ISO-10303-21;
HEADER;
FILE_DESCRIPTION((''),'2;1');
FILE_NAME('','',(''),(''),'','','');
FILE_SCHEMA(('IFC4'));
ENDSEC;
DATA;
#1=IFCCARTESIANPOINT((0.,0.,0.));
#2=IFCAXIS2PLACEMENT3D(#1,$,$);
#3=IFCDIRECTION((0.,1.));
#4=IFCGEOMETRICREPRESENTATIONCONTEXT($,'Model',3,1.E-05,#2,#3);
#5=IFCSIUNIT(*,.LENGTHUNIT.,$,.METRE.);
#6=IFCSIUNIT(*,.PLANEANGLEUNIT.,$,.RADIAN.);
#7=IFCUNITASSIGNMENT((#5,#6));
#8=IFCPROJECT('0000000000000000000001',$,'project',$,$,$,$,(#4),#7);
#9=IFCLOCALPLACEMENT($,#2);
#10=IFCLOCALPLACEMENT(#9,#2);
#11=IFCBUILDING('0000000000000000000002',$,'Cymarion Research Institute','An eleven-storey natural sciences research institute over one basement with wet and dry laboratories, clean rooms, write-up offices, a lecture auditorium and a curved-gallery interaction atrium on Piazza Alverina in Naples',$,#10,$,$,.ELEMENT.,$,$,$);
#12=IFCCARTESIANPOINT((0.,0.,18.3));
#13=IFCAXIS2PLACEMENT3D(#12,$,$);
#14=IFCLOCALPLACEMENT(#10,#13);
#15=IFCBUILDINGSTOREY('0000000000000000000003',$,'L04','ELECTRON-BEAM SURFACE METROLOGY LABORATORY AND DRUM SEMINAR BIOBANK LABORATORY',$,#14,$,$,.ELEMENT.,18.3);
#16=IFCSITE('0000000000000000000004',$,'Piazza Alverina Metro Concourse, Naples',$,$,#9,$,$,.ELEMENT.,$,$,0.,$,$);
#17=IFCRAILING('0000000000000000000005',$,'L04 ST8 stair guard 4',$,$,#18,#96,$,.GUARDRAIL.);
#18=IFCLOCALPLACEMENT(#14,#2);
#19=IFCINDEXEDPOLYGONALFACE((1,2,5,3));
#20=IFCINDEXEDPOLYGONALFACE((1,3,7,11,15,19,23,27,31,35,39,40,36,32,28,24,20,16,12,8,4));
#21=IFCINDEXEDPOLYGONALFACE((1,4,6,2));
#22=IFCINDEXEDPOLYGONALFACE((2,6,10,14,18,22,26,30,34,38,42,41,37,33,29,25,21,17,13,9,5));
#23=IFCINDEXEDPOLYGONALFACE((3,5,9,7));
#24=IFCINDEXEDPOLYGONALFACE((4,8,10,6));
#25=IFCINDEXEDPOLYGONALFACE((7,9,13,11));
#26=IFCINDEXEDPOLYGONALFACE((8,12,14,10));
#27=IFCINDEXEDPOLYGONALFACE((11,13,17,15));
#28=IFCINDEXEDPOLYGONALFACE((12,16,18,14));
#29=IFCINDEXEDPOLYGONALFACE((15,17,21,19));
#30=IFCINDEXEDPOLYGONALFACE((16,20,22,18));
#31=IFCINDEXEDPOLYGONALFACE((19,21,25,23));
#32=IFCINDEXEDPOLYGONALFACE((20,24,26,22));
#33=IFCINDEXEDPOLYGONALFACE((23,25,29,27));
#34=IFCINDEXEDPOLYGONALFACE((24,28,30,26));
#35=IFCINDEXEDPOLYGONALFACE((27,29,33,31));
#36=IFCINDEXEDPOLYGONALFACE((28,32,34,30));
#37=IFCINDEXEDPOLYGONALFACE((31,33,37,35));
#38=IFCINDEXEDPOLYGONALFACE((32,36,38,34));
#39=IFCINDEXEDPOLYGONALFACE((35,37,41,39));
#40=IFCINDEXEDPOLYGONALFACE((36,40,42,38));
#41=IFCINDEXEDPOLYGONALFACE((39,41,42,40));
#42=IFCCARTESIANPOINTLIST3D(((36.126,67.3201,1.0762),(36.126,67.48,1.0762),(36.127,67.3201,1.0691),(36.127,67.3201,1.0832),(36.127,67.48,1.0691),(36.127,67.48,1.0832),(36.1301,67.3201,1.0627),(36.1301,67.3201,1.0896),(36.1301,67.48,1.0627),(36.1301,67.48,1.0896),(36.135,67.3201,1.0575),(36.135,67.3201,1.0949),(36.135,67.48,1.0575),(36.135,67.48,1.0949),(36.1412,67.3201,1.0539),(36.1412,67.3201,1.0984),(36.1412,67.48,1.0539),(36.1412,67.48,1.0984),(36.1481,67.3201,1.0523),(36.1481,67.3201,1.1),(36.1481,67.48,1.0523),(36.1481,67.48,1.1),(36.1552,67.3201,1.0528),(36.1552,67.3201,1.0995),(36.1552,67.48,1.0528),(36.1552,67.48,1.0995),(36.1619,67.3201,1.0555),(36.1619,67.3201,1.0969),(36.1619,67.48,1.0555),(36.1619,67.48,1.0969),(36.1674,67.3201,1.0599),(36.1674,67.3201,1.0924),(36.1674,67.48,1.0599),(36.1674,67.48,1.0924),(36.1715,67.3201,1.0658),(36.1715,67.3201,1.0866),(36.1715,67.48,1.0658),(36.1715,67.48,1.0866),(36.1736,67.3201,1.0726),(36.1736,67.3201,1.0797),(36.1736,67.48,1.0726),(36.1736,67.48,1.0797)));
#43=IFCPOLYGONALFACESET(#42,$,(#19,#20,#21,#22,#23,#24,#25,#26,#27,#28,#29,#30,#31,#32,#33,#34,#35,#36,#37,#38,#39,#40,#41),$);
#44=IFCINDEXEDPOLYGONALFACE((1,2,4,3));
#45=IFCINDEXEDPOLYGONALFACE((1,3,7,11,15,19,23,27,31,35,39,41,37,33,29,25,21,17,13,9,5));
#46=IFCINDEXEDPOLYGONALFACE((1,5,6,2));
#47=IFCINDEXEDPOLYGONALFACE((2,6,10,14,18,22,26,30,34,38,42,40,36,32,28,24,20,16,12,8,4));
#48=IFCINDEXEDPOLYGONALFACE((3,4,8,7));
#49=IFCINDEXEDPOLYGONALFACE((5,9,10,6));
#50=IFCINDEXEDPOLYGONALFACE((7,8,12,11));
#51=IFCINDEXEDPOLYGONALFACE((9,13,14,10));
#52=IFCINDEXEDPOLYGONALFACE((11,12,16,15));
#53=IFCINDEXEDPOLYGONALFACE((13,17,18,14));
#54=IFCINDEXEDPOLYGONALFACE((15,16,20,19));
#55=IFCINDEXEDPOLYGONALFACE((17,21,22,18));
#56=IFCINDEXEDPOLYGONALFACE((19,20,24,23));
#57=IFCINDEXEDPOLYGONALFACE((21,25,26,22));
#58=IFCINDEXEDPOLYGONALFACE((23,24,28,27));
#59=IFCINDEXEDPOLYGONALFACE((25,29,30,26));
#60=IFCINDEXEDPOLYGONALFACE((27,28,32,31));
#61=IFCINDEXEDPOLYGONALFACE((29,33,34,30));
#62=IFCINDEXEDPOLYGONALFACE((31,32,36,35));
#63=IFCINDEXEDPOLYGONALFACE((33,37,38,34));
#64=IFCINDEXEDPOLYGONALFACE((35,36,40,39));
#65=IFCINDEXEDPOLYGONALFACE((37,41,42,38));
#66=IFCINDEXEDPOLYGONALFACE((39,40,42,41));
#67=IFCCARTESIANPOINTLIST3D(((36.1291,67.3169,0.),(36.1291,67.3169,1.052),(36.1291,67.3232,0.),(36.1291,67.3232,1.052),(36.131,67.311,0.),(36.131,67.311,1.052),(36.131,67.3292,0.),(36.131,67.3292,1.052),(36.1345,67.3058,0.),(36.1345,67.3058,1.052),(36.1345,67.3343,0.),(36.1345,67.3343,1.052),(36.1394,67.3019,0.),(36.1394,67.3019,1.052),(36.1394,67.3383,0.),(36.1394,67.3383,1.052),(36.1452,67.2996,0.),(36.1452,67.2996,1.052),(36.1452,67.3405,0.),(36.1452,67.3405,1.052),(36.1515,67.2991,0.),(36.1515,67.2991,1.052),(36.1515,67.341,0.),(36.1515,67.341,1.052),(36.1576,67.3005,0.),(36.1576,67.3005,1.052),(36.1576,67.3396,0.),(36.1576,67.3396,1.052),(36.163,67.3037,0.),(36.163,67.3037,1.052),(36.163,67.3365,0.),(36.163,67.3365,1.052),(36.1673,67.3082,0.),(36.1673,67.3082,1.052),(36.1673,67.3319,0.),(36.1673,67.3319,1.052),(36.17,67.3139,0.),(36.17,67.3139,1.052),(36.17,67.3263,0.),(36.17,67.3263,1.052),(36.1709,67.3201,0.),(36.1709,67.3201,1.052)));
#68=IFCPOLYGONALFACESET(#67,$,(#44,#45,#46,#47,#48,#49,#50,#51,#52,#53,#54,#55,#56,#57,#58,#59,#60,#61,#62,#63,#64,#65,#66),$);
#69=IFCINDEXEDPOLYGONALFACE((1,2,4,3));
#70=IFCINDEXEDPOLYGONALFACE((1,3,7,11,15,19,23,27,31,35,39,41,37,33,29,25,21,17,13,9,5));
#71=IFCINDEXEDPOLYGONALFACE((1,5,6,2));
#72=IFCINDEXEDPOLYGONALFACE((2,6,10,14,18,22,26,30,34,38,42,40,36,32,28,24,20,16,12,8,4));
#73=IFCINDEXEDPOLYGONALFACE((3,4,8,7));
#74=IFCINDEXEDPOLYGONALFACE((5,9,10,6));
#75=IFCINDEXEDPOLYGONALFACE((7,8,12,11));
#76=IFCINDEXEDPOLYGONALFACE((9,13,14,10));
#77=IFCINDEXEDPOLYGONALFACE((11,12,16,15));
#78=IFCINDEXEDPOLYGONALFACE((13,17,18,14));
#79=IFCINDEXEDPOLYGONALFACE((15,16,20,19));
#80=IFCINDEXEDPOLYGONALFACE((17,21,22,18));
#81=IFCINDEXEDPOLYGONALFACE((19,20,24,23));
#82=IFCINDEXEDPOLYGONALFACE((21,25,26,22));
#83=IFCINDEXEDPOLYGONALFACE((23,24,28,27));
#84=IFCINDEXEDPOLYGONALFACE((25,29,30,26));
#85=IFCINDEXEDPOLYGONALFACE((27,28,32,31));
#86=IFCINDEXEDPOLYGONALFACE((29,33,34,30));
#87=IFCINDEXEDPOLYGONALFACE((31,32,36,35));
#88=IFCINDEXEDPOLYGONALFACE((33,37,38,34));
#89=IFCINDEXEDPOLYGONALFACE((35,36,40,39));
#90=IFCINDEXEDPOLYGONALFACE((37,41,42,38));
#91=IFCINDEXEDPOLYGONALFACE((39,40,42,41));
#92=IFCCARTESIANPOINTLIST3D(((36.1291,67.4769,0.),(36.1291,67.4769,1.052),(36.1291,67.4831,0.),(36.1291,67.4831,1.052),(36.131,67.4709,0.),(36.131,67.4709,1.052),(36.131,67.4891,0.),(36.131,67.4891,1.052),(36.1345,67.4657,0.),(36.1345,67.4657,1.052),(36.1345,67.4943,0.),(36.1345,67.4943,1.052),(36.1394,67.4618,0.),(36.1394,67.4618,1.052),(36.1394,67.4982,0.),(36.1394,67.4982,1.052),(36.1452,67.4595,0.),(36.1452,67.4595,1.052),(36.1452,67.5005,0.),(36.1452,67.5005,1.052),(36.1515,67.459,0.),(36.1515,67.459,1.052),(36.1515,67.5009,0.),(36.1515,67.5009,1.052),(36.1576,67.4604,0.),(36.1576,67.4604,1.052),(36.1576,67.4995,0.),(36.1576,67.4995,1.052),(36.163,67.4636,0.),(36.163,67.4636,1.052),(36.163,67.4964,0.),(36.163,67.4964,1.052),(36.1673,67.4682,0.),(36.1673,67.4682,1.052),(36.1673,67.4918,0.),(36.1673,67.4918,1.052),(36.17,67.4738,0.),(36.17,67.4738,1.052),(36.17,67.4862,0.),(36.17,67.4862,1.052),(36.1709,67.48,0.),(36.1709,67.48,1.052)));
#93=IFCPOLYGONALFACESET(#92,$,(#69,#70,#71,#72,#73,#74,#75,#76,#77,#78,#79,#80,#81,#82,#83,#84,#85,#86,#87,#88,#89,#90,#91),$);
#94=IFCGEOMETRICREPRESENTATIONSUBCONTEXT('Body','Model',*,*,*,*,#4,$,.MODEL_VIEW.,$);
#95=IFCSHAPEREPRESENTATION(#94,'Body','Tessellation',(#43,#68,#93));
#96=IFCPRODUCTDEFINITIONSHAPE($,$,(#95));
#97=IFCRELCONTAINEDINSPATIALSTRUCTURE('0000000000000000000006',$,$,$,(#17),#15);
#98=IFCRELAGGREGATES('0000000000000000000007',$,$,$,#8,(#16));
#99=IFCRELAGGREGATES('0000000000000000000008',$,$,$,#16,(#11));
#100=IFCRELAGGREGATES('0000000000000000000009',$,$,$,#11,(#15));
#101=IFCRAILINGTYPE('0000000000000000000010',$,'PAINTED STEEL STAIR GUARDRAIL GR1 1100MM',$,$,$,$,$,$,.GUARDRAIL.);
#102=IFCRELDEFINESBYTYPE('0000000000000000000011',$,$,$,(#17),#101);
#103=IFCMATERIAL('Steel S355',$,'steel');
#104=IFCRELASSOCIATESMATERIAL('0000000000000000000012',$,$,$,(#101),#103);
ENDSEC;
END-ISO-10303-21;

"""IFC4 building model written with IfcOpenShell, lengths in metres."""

from ifc_helpers import new_model, si_unit, direction, frame, origin, origin_2d, place, context, subcontext, project, spatial, circle, extrude, material, type_object, element, save


model = new_model("IFC4")

# Units and contexts
model_context = context("Model", 3, precision=1e-05, world=origin(), true_north=direction((0.0, 1.0)))
body_context = subcontext(model_context, "Body", "Model", "MODEL_VIEW")
ifc_project = project(units=[si_unit("LENGTHUNIT", "METRE"), si_unit("PLANEANGLEUNIT", "RADIAN")], contexts=[model_context])

# Site, building, storey
site_placement = place(None, origin())
site = spatial("IfcSite", under=ifc_project, at=site_placement, Name="Piazza Alverina Metro Concourse, Naples", CompositionType="ELEMENT", RefElevation=0.0)
building_placement = place(site_placement, origin())
building = spatial("IfcBuilding", under=site, at=building_placement, Name="Cymarion Research Institute", Description="An eleven-storey natural sciences research institute over one basement with wet and dry laboratories, clean rooms, write-up offices, a lecture auditorium and a curved-gallery interaction atrium on Piazza Alverina in Naples", CompositionType="ELEMENT")
storey_placement = place(building_placement, frame((0.0, 0.0, 18.3)))
storey = spatial("IfcBuildingStorey", under=building, at=storey_placement, Name="L04", Description="ELECTRON-BEAM SURFACE METROLOGY LABORATORY AND DRUM SEMINAR BIOBANK LABORATORY", CompositionType="ELEMENT", Elevation=18.3)

# Shared definitions
ifc_material_1 = material(Name="Steel S355", Category="steel")

# Railing
railing_type_1 = type_object("IfcRailingType", Name="PAINTED STEEL STAIR GUARDRAIL GR1 1100MM", PredefinedType="GUARDRAIL", material=ifc_material_1)
railing_1_placement = place(storey_placement, frame((36.1499, 67.3201, 0.0)))
element("IfcRailing", 1, at=railing_1_placement, inside=storey, type_object=railing_type_1, Name="L04 ST8 stair guard 4", PredefinedType="GUARDRAIL", context=body_context, shape_type="SweptSolid", body=[
    extrude(circle(Radius=0.0239, at=origin_2d()), frame((0.0, 0.0, 1.0762), z_axis=(0.0, 1.0, 0.0), x_axis=(-1.0, 0.0, 0.0)), (0.0, 0.0, 1.0), 0.1599),
    extrude(circle(Radius=0.021, at=origin_2d()), origin(), (0.0, 0.0, 1.0), 1.052),
    extrude(circle(Radius=0.021, at=origin_2d()), frame((0.0, 0.1599, 0.0)), (0.0, 0.0, 1.0), 1.052),
])

save(model, "model.ifc")
